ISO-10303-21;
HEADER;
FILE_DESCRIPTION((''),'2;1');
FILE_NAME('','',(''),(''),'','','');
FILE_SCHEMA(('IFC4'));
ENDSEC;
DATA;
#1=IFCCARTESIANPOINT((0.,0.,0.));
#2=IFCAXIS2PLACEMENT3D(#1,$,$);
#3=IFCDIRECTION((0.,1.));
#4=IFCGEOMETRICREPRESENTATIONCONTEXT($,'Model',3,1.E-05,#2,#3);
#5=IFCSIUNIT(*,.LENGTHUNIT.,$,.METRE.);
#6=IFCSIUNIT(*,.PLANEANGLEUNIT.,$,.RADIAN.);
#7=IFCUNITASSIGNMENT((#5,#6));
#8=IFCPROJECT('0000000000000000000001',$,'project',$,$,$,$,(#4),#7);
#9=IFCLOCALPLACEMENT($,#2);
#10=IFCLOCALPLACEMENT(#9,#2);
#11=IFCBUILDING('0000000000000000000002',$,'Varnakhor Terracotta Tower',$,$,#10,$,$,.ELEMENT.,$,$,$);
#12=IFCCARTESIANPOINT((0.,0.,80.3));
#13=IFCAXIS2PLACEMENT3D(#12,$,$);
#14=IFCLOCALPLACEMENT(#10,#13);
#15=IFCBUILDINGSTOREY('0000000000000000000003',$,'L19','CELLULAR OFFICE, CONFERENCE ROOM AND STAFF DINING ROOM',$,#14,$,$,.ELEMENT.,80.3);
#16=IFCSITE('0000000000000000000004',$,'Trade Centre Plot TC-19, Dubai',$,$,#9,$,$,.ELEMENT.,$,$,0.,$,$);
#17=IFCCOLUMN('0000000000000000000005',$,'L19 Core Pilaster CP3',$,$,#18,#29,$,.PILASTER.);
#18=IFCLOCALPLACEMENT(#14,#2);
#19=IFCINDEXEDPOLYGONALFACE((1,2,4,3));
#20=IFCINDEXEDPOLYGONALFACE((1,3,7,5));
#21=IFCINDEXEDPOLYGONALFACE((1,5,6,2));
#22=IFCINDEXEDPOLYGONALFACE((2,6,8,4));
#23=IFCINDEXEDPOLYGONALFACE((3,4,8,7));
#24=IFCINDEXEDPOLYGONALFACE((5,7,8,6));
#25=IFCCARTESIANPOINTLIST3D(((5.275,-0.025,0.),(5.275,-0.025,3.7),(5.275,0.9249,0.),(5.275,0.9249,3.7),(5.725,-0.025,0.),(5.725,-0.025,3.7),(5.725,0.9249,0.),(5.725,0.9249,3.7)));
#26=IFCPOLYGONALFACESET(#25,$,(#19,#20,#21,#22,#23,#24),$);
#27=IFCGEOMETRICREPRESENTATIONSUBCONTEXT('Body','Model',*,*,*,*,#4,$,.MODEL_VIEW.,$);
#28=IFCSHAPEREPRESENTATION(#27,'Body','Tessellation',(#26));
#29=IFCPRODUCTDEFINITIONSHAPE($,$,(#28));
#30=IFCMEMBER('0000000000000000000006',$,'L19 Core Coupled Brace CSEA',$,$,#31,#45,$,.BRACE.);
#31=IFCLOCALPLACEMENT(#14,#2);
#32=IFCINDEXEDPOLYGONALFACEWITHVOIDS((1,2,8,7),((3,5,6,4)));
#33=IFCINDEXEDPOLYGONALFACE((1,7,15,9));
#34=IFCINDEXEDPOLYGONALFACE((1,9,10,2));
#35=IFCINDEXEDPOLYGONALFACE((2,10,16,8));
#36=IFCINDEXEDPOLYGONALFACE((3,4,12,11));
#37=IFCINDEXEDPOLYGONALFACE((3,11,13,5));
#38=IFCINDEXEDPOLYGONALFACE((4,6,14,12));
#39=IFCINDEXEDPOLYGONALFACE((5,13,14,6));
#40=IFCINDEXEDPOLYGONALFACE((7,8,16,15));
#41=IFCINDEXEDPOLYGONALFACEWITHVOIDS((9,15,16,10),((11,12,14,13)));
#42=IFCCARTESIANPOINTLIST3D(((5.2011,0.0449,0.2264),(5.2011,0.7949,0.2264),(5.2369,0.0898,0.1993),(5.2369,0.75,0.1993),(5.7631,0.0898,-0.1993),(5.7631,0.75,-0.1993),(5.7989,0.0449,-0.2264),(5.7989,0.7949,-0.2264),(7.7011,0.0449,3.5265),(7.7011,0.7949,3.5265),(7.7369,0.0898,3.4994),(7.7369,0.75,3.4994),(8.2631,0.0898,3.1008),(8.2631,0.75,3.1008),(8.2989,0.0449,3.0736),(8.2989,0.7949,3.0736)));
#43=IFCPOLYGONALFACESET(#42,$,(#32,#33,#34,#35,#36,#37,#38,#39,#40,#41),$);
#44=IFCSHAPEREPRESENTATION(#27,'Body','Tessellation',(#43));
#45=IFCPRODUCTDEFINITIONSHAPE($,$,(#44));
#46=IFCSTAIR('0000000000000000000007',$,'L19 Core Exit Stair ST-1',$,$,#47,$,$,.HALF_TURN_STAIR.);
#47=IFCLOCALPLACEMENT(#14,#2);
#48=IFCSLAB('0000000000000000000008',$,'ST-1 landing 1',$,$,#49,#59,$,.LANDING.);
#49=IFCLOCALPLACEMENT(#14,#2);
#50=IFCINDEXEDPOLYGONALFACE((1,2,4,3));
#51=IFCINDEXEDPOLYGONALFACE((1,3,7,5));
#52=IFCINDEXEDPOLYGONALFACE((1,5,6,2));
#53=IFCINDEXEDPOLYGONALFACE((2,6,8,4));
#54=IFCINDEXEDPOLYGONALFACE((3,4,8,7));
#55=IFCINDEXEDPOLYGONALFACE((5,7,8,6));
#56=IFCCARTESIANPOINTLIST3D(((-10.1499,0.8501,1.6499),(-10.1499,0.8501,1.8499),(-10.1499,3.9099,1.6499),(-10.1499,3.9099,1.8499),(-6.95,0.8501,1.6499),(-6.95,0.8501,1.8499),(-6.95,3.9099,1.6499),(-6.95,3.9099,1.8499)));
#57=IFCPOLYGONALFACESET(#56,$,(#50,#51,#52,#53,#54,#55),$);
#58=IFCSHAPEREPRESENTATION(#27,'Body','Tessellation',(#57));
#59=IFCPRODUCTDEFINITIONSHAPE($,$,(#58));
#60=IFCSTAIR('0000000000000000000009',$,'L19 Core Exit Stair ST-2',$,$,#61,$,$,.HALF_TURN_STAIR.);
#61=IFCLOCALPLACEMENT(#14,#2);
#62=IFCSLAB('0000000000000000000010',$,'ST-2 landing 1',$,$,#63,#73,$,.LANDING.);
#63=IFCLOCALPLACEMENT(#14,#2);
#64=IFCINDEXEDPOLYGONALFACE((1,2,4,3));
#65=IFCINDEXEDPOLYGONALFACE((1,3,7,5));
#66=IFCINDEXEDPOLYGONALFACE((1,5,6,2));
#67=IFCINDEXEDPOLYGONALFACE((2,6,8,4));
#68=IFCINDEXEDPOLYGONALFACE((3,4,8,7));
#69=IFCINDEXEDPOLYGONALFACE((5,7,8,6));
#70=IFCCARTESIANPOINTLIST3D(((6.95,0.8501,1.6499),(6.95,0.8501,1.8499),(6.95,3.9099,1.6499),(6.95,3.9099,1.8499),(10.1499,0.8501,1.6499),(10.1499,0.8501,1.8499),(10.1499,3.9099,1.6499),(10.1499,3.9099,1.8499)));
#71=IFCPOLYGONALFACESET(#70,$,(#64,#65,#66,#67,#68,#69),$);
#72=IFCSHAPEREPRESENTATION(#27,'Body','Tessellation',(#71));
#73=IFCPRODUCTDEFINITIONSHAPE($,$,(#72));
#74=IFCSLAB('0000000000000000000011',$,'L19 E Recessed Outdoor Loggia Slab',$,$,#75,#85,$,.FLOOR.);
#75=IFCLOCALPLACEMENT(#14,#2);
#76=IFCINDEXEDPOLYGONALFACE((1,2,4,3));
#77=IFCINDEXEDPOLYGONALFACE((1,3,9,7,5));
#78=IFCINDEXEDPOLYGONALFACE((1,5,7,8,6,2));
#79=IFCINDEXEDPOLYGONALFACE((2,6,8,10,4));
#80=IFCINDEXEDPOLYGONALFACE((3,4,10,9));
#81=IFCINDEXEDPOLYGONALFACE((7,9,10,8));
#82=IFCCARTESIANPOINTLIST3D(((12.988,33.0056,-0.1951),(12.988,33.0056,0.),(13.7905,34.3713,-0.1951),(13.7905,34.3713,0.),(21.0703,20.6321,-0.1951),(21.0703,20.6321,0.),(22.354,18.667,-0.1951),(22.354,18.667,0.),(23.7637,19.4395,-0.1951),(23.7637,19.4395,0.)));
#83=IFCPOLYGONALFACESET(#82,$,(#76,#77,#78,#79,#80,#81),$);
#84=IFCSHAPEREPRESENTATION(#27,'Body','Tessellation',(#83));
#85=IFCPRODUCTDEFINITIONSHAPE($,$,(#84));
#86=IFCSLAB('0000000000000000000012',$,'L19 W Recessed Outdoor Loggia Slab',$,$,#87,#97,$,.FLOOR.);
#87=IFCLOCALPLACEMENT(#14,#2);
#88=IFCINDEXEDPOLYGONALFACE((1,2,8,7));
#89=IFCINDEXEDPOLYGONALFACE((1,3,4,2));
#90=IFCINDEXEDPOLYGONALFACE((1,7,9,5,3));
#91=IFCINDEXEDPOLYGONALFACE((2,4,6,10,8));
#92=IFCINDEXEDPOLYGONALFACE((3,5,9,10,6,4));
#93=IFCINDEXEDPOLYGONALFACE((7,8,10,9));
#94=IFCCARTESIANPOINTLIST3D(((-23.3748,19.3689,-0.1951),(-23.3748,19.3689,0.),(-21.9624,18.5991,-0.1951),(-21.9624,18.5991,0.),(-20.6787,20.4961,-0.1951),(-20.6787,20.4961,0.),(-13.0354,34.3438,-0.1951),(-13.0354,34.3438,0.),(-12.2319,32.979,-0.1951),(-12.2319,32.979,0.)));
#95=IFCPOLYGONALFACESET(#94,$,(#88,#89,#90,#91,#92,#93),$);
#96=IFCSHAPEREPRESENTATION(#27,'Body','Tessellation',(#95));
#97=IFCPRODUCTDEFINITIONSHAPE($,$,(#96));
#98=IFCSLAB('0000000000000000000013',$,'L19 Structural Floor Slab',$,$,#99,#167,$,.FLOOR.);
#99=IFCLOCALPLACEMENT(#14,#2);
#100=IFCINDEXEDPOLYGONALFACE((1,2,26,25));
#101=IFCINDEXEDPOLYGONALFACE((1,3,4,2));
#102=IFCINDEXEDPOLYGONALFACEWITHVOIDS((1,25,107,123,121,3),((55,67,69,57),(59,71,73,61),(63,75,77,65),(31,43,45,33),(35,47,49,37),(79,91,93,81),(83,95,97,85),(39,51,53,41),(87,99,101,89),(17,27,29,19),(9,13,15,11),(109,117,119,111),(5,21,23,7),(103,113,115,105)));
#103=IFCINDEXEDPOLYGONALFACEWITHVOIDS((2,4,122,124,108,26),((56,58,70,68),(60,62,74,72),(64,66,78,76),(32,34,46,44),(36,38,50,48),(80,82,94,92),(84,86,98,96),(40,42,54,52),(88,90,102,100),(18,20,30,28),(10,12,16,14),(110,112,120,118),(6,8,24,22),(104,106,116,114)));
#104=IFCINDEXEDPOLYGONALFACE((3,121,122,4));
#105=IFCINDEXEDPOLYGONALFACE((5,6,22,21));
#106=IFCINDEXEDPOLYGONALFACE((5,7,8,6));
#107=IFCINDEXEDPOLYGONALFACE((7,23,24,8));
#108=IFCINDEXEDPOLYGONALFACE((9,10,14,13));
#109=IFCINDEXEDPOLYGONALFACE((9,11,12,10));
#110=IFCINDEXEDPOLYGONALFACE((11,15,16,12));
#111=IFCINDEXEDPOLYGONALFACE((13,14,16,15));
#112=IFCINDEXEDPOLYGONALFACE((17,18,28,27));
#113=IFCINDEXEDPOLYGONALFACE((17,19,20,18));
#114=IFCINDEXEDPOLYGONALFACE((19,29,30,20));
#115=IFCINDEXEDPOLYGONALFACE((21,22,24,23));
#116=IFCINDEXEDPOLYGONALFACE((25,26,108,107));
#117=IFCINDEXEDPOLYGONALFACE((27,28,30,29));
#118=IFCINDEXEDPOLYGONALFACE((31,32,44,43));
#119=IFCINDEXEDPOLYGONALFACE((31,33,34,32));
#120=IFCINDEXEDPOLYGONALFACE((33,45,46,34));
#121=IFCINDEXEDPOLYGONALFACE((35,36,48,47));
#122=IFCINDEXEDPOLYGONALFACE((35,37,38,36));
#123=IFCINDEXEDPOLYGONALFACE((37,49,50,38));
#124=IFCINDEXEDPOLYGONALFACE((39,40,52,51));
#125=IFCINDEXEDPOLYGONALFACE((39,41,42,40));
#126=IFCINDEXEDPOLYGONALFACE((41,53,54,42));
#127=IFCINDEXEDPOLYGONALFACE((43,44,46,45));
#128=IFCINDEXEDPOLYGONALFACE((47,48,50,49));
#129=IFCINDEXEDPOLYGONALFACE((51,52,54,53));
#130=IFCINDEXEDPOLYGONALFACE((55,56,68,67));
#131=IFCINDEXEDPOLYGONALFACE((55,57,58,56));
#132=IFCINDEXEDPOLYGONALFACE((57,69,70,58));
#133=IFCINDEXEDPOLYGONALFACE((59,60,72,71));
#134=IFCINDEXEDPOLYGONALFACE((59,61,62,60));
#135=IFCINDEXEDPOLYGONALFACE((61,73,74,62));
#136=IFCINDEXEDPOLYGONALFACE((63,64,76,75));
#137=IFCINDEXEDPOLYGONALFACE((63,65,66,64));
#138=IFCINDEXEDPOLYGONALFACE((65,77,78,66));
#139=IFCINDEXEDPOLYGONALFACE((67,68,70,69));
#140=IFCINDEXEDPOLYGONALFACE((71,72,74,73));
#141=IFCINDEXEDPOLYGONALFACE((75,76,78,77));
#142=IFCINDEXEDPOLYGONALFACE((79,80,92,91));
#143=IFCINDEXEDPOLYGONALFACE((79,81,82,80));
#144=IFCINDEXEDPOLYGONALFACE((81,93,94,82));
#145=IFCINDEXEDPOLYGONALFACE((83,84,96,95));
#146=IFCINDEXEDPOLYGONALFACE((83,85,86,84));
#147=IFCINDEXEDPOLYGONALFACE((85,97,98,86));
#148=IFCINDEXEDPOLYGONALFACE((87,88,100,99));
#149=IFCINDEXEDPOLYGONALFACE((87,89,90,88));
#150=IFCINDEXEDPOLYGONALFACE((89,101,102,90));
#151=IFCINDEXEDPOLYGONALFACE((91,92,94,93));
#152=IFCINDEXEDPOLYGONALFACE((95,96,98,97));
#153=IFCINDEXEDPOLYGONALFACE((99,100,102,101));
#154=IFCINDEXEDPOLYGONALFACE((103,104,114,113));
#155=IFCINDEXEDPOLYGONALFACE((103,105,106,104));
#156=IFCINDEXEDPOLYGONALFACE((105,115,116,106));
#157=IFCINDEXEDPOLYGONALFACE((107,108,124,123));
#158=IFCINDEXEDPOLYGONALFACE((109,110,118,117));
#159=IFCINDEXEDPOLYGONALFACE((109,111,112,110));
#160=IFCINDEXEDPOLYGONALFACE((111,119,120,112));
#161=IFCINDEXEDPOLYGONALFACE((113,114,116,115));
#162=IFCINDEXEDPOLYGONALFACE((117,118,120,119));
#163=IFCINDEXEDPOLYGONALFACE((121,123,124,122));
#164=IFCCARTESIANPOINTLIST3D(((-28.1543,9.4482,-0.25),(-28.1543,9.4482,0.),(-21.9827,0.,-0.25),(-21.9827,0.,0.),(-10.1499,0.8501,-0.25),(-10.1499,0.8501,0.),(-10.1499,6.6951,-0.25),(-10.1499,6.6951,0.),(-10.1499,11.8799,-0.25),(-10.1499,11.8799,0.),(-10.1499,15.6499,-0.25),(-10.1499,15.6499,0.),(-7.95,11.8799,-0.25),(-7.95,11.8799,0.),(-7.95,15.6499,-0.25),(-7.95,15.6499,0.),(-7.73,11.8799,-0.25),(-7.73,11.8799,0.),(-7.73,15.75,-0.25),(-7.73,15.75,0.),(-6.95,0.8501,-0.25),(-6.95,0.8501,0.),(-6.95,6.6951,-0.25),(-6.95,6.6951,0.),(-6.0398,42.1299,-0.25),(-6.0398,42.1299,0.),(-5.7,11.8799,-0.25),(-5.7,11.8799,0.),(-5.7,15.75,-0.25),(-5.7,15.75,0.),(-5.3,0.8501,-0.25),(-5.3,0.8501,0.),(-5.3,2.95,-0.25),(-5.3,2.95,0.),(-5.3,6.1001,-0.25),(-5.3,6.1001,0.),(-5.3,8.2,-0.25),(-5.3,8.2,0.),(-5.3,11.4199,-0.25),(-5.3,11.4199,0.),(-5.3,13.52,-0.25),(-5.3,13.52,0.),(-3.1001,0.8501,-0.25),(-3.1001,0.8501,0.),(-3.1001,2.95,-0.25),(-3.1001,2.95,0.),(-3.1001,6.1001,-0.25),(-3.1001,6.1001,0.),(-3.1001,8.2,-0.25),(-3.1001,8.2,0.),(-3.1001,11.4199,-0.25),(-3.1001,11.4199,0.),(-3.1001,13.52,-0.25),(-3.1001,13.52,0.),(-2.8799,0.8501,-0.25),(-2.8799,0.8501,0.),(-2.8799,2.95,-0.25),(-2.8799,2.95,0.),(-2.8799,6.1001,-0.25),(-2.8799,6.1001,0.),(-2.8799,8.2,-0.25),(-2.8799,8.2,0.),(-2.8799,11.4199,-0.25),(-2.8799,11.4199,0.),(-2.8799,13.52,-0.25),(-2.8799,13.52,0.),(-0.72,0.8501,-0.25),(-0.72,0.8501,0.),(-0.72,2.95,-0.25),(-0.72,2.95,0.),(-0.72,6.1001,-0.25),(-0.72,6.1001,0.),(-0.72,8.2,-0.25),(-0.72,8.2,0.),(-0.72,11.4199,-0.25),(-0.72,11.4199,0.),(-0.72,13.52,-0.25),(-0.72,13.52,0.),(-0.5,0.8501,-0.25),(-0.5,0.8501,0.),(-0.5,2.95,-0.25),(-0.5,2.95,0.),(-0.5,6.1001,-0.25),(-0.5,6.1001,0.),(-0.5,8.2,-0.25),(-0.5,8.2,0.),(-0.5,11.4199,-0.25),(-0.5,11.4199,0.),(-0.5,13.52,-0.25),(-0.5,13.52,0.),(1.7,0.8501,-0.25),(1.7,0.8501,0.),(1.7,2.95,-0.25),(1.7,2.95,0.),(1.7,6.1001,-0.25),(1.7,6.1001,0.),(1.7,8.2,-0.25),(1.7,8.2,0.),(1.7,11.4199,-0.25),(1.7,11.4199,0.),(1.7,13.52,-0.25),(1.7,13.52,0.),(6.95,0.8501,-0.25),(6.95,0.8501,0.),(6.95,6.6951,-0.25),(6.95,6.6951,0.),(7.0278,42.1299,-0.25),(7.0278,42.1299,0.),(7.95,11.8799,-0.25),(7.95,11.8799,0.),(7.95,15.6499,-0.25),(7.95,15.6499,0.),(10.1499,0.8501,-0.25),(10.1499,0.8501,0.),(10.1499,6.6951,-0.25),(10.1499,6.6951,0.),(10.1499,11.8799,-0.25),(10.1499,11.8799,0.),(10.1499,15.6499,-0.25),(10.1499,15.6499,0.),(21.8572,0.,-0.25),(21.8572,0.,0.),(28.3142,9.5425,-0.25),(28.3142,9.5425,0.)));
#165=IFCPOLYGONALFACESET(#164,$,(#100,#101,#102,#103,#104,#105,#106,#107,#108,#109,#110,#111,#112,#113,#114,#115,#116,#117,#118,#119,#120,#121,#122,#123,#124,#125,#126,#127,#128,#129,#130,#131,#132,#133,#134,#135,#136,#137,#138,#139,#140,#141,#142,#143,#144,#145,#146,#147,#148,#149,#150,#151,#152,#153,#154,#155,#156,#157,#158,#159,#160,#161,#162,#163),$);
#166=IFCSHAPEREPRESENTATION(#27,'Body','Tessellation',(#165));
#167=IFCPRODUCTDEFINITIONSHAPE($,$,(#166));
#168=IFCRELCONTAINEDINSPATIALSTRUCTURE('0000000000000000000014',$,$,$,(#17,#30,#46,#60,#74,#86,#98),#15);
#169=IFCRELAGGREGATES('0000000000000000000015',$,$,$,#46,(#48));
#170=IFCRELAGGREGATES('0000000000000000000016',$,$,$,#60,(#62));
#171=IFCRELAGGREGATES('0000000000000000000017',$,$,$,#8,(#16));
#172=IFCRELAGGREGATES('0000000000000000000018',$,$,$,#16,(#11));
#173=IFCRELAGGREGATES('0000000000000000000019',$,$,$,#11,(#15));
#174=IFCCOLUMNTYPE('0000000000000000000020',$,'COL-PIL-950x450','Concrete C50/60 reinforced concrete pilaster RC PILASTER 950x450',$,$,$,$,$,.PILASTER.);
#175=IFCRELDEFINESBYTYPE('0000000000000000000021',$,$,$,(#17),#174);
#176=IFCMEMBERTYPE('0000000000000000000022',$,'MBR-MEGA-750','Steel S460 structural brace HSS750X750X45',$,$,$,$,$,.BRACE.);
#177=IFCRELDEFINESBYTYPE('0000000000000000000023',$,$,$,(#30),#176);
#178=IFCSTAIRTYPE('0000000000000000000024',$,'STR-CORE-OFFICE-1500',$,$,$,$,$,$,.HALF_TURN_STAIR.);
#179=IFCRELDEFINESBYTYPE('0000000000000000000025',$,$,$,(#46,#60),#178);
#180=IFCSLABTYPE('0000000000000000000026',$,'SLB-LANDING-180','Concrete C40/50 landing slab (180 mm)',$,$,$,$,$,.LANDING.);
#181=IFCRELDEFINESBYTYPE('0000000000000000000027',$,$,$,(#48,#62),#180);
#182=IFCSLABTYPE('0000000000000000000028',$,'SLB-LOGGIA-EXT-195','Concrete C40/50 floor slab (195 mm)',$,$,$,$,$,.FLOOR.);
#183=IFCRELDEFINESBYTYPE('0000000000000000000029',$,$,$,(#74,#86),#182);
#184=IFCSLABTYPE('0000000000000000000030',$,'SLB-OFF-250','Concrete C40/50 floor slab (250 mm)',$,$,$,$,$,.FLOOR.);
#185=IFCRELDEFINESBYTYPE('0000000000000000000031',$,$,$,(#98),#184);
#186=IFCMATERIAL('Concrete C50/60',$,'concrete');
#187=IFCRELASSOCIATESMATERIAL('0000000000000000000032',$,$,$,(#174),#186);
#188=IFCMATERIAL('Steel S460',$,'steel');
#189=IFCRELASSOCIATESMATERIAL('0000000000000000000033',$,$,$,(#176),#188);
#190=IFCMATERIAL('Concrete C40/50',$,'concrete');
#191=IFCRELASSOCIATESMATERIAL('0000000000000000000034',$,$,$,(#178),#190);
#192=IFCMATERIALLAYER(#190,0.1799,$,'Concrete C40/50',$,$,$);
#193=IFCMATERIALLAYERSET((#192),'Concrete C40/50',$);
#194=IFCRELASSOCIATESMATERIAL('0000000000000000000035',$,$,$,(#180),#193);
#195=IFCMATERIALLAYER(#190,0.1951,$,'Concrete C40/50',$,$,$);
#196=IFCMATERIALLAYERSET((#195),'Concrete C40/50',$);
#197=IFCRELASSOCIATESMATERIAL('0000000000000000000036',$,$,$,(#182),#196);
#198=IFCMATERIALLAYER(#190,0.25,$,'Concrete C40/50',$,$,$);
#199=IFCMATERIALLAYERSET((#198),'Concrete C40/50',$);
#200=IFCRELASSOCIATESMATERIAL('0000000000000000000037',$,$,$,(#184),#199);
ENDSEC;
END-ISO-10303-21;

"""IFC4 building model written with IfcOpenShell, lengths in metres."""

from ifc_helpers import new_model, si_unit, direction, frame, origin, origin_2d, place, context, subcontext, project, spatial, polyline, rectangle, hollow_rectangle, outline, extrude, source, transform, mapped, material, layer, layer_set, material_profile, profile_set, type_object, type_shapes, element, aggregate, save


model = new_model("IFC4")

# Units and contexts
model_context = context("Model", 3, precision=1e-05, world=origin(), true_north=direction((0.0, 1.0)))
body_context = subcontext(model_context, "Body", "Model", "MODEL_VIEW")
ifc_project = project(units=[si_unit("LENGTHUNIT", "METRE"), si_unit("PLANEANGLEUNIT", "RADIAN")], contexts=[model_context])

# Site, building, storey
site_placement = place(None, origin())
site = spatial("IfcSite", under=ifc_project, at=site_placement, Name="Trade Centre Plot TC-19, Dubai", CompositionType="ELEMENT", RefElevation=0.0)
building_placement = place(site_placement, origin())
building = spatial("IfcBuilding", under=site, at=building_placement, Name="Varnakhor Terracotta Tower", CompositionType="ELEMENT")
storey_placement = place(building_placement, frame((0.0, 0.0, 80.3)))
storey = spatial("IfcBuildingStorey", under=building, at=storey_placement, Name="L19", Description="CELLULAR OFFICE, CONFERENCE ROOM AND STAFF DINING ROOM", CompositionType="ELEMENT", Elevation=80.3)

# Column
ifc_material_1 = material(Name="Concrete C50/60", Category="concrete")
ifc_material_profile_1 = material_profile(ifc_material_1, rectangle(XDim=0.45, YDim=0.95, at=origin_2d()), Name="RC PILASTER 950x450")
ifc_profile_set_1 = profile_set([ifc_material_profile_1], Name="Concrete C50/60")
column_type = type_object("IfcColumnType", Name="COL-PIL-950x450", Description="Concrete C50/60 reinforced concrete pilaster RC PILASTER 950x450", PredefinedType="PILASTER", material=ifc_profile_set_1)
shared_shape_1 = source(origin(), body_context, "Body", "SweptSolid", [
    extrude(rectangle(XDim=0.45, YDim=0.95, at=origin_2d()), origin(), (0.0, 0.0, 1.0), 3.7),
])
column_placement = place(storey_placement, frame((5.5, 0.45, 0.0), z_axis=(0.0, 0.0, 1.0), x_axis=(1.0, 0.0, 0.0)))
element("IfcColumn", 1, at=column_placement, inside=storey, type_object=column_type, Name="L19 Core Pilaster CP3", PredefinedType="PILASTER", context=body_context, shape_type="MappedRepresentation", body=[
    mapped(shared_shape_1, transform((0.0, 0.0, 0.0), scale=1.0)),
])

# Member
ifc_material_2 = material(Name="Steel S460", Category="steel")
ifc_material_profile_2 = material_profile(ifc_material_2, hollow_rectangle(XDim=0.75, YDim=0.75, WallThickness=0.0449, at=origin_2d()), Name="HSS750X750X45")
ifc_profile_set_2 = profile_set([ifc_material_profile_2], Name="Steel S460")
member_type = type_object("IfcMemberType", Name="MBR-MEGA-750", Description="Steel S460 structural brace HSS750X750X45", PredefinedType="BRACE", material=ifc_profile_set_2)
shared_shape_2 = source(origin(), body_context, "Body", "SweptSolid", [
    extrude(hollow_rectangle(XDim=0.75, YDim=0.75, WallThickness=0.0449, at=origin_2d()), origin(), (0.0, 0.0, 1.0), 4.1401),
])
type_shapes(member_type, [shared_shape_2])
member_placement = place(storey_placement, frame((5.5, 0.4199, 0.0), z_axis=(0.603852, 0.0, 0.797096), x_axis=(0.0, 1.0, 0.0)))
element("IfcMember", 2, at=member_placement, inside=storey, type_object=member_type, Name="L19 Core Coupled Brace CSEA", PredefinedType="BRACE", context=body_context, shape_type="MappedRepresentation", body=[
    mapped(shared_shape_2, transform((0.0, 0.0, 0.0), scale=1.0)),
])

# Stairs, slabs
ifc_material_3 = material(Name="Concrete C40/50", Category="concrete")
stair_type = type_object("IfcStairType", Name="STR-CORE-OFFICE-1500", PredefinedType="HALF_TURN_STAIR", material=ifc_material_3)
stair_1_placement = place(storey_placement, origin())
stair_1 = element("IfcStair", 3, at=stair_1_placement, inside=storey, type_object=stair_type, Name="L19 Core Exit Stair ST-1", PredefinedType="HALF_TURN_STAIR")
ifc_layer_1 = layer(ifc_material_3, 0.1799, Name="Concrete C40/50")
ifc_layer_set_1 = layer_set([ifc_layer_1], Name="Concrete C40/50")
slab_type_1 = type_object("IfcSlabType", Name="SLB-LANDING-180", Description="Concrete C40/50 landing slab (180 mm)", PredefinedType="LANDING", material=ifc_layer_set_1)
slab_1_placement = place(storey_placement, frame((0.0, 0.0, 1.6499)))
slab_1 = element("IfcSlab", 4, at=slab_1_placement, type_object=slab_type_1, Name="ST-1 landing 1", PredefinedType="LANDING", context=body_context, shape_type="SweptSolid", body=[
    extrude(outline(polyline([(-10.1499, 3.9099), (-10.1499, 0.8501), (-6.95, 0.8501), (-6.95, 3.9099), (-10.1499, 3.9099)])), origin(), (0.0, 0.0, 1.0), 0.2),
])
aggregate(stair_1, [slab_1])
stair_2_placement = place(storey_placement, origin())
stair_2 = element("IfcStair", 5, at=stair_2_placement, inside=storey, type_object=stair_type, Name="L19 Core Exit Stair ST-2", PredefinedType="HALF_TURN_STAIR")
slab_2_placement = place(storey_placement, frame((0.0, 0.0, 1.6499)))
slab_2 = element("IfcSlab", 6, at=slab_2_placement, type_object=slab_type_1, Name="ST-2 landing 1", PredefinedType="LANDING", context=body_context, shape_type="SweptSolid", body=[
    extrude(outline(polyline([(6.95, 3.9099), (6.95, 0.8501), (10.1499, 0.8501), (10.1499, 3.9099), (6.95, 3.9099)])), origin(), (0.0, 0.0, 1.0), 0.2),
])
aggregate(stair_2, [slab_2])

# Slabs
ifc_layer_2 = layer(ifc_material_3, 0.1951, Name="Concrete C40/50")
ifc_layer_set_2 = layer_set([ifc_layer_2], Name="Concrete C40/50")
slab_type_2 = type_object("IfcSlabType", Name="SLB-LOGGIA-EXT-195", Description="Concrete C40/50 floor slab (195 mm)", PredefinedType="FLOOR", material=ifc_layer_set_2)
slab_3_placement = place(storey_placement, frame((0.0, 0.0, -0.1951)))
element("IfcSlab", 7, at=slab_3_placement, inside=storey, type_object=slab_type_2, Name="L19 E Recessed Outdoor Loggia Slab", PredefinedType="FLOOR", context=body_context, shape_type="SweptSolid", body=[
    extrude(outline(polyline([(13.7905, 34.3713), (23.7637, 19.4395), (22.354, 18.667), (21.0703, 20.6321), (12.988, 33.0056), (13.7905, 34.3713)])), origin(), (0.0, 0.0, 1.0), 0.1951),
])
slab_4_placement = place(storey_placement, frame((0.0, 0.0, -0.1951)))
element("IfcSlab", 8, at=slab_4_placement, inside=storey, type_object=slab_type_2, Name="L19 W Recessed Outdoor Loggia Slab", PredefinedType="FLOOR", context=body_context, shape_type="SweptSolid", body=[
    extrude(outline(polyline([(-23.3748, 19.3689), (-13.0354, 34.3438), (-12.2319, 32.979), (-20.6787, 20.4961), (-21.9624, 18.5991), (-23.3748, 19.3689)])), origin(), (0.0, 0.0, 1.0), 0.1951),
])
ifc_layer_3 = layer(ifc_material_3, 0.25, Name="Concrete C40/50")
ifc_layer_set_3 = layer_set([ifc_layer_3], Name="Concrete C40/50")
slab_type_3 = type_object("IfcSlabType", Name="SLB-OFF-250", Description="Concrete C40/50 floor slab (250 mm)", PredefinedType="FLOOR", material=ifc_layer_set_3)
slab_5_placement = place(storey_placement, frame((0.0, 0.0, -0.25)))
element("IfcSlab", 9, at=slab_5_placement, inside=storey, type_object=slab_type_3, Name="L19 Structural Floor Slab", PredefinedType="FLOOR", context=body_context, shape_type="SweptSolid", body=[
    extrude(outline(polyline([(-28.1543, 9.4482), (-6.0398, 42.1299), (7.0278, 42.1299), (28.3142, 9.5425), (21.8572, 0.0), (-21.9827, 0.0), (-28.1543, 9.4482)]), holes=[polyline([(-3.1001, 0.8501), (-3.1001, 2.95), (-5.3, 2.95), (-5.3, 0.8501), (-3.1001, 0.8501)]), polyline([(-2.8799, 0.8501), (-0.72, 0.8501), (-0.72, 2.95), (-2.8799, 2.95), (-2.8799, 0.8501)]), polyline([(-10.1499, 0.8501), (-6.95, 0.8501), (-6.95, 6.6951), (-10.1499, 6.6951), (-10.1499, 0.8501)]), polyline([(-5.3, 6.1001), (-3.1001, 6.1001), (-3.1001, 8.2), (-5.3, 8.2), (-5.3, 6.1001)]), polyline([(-5.3, 11.4199), (-3.1001, 11.4199), (-3.1001, 13.52), (-5.3, 13.52), (-5.3, 11.4199)]), polyline([(-10.1499, 11.8799), (-7.95, 11.8799), (-7.95, 15.6499), (-10.1499, 15.6499), (-10.1499, 11.8799)]), polyline([(-7.73, 11.8799), (-5.7, 11.8799), (-5.7, 15.75), (-7.73, 15.75), (-7.73, 11.8799)]), polyline([(1.7, 0.8501), (1.7, 2.95), (-0.5, 2.95), (-0.5, 0.8501), (1.7, 0.8501)]), polyline([(6.95, 0.8501), (10.1499, 0.8501), (10.1499, 6.6951), (6.95, 6.6951), (6.95, 0.8501)]), polyline([(-2.8799, 6.1001), (-0.72, 6.1001), (-0.72, 8.2), (-2.8799, 8.2), (-2.8799, 6.1001)]), polyline([(-0.5, 6.1001), (1.7, 6.1001), (1.7, 8.2), (-0.5, 8.2), (-0.5, 6.1001)]), polyline([(-2.8799, 11.4199), (-0.72, 11.4199), (-0.72, 13.52), (-2.8799, 13.52), (-2.8799, 11.4199)]), polyline([(-0.5, 11.4199), (1.7, 11.4199), (1.7, 13.52), (-0.5, 13.52), (-0.5, 11.4199)]), polyline([(7.95, 11.8799), (10.1499, 11.8799), (10.1499, 15.6499), (7.95, 15.6499), (7.95, 11.8799)])]), origin(), (0.0, 0.0, 1.0), 0.25),
])

save(model, "model.ifc")
